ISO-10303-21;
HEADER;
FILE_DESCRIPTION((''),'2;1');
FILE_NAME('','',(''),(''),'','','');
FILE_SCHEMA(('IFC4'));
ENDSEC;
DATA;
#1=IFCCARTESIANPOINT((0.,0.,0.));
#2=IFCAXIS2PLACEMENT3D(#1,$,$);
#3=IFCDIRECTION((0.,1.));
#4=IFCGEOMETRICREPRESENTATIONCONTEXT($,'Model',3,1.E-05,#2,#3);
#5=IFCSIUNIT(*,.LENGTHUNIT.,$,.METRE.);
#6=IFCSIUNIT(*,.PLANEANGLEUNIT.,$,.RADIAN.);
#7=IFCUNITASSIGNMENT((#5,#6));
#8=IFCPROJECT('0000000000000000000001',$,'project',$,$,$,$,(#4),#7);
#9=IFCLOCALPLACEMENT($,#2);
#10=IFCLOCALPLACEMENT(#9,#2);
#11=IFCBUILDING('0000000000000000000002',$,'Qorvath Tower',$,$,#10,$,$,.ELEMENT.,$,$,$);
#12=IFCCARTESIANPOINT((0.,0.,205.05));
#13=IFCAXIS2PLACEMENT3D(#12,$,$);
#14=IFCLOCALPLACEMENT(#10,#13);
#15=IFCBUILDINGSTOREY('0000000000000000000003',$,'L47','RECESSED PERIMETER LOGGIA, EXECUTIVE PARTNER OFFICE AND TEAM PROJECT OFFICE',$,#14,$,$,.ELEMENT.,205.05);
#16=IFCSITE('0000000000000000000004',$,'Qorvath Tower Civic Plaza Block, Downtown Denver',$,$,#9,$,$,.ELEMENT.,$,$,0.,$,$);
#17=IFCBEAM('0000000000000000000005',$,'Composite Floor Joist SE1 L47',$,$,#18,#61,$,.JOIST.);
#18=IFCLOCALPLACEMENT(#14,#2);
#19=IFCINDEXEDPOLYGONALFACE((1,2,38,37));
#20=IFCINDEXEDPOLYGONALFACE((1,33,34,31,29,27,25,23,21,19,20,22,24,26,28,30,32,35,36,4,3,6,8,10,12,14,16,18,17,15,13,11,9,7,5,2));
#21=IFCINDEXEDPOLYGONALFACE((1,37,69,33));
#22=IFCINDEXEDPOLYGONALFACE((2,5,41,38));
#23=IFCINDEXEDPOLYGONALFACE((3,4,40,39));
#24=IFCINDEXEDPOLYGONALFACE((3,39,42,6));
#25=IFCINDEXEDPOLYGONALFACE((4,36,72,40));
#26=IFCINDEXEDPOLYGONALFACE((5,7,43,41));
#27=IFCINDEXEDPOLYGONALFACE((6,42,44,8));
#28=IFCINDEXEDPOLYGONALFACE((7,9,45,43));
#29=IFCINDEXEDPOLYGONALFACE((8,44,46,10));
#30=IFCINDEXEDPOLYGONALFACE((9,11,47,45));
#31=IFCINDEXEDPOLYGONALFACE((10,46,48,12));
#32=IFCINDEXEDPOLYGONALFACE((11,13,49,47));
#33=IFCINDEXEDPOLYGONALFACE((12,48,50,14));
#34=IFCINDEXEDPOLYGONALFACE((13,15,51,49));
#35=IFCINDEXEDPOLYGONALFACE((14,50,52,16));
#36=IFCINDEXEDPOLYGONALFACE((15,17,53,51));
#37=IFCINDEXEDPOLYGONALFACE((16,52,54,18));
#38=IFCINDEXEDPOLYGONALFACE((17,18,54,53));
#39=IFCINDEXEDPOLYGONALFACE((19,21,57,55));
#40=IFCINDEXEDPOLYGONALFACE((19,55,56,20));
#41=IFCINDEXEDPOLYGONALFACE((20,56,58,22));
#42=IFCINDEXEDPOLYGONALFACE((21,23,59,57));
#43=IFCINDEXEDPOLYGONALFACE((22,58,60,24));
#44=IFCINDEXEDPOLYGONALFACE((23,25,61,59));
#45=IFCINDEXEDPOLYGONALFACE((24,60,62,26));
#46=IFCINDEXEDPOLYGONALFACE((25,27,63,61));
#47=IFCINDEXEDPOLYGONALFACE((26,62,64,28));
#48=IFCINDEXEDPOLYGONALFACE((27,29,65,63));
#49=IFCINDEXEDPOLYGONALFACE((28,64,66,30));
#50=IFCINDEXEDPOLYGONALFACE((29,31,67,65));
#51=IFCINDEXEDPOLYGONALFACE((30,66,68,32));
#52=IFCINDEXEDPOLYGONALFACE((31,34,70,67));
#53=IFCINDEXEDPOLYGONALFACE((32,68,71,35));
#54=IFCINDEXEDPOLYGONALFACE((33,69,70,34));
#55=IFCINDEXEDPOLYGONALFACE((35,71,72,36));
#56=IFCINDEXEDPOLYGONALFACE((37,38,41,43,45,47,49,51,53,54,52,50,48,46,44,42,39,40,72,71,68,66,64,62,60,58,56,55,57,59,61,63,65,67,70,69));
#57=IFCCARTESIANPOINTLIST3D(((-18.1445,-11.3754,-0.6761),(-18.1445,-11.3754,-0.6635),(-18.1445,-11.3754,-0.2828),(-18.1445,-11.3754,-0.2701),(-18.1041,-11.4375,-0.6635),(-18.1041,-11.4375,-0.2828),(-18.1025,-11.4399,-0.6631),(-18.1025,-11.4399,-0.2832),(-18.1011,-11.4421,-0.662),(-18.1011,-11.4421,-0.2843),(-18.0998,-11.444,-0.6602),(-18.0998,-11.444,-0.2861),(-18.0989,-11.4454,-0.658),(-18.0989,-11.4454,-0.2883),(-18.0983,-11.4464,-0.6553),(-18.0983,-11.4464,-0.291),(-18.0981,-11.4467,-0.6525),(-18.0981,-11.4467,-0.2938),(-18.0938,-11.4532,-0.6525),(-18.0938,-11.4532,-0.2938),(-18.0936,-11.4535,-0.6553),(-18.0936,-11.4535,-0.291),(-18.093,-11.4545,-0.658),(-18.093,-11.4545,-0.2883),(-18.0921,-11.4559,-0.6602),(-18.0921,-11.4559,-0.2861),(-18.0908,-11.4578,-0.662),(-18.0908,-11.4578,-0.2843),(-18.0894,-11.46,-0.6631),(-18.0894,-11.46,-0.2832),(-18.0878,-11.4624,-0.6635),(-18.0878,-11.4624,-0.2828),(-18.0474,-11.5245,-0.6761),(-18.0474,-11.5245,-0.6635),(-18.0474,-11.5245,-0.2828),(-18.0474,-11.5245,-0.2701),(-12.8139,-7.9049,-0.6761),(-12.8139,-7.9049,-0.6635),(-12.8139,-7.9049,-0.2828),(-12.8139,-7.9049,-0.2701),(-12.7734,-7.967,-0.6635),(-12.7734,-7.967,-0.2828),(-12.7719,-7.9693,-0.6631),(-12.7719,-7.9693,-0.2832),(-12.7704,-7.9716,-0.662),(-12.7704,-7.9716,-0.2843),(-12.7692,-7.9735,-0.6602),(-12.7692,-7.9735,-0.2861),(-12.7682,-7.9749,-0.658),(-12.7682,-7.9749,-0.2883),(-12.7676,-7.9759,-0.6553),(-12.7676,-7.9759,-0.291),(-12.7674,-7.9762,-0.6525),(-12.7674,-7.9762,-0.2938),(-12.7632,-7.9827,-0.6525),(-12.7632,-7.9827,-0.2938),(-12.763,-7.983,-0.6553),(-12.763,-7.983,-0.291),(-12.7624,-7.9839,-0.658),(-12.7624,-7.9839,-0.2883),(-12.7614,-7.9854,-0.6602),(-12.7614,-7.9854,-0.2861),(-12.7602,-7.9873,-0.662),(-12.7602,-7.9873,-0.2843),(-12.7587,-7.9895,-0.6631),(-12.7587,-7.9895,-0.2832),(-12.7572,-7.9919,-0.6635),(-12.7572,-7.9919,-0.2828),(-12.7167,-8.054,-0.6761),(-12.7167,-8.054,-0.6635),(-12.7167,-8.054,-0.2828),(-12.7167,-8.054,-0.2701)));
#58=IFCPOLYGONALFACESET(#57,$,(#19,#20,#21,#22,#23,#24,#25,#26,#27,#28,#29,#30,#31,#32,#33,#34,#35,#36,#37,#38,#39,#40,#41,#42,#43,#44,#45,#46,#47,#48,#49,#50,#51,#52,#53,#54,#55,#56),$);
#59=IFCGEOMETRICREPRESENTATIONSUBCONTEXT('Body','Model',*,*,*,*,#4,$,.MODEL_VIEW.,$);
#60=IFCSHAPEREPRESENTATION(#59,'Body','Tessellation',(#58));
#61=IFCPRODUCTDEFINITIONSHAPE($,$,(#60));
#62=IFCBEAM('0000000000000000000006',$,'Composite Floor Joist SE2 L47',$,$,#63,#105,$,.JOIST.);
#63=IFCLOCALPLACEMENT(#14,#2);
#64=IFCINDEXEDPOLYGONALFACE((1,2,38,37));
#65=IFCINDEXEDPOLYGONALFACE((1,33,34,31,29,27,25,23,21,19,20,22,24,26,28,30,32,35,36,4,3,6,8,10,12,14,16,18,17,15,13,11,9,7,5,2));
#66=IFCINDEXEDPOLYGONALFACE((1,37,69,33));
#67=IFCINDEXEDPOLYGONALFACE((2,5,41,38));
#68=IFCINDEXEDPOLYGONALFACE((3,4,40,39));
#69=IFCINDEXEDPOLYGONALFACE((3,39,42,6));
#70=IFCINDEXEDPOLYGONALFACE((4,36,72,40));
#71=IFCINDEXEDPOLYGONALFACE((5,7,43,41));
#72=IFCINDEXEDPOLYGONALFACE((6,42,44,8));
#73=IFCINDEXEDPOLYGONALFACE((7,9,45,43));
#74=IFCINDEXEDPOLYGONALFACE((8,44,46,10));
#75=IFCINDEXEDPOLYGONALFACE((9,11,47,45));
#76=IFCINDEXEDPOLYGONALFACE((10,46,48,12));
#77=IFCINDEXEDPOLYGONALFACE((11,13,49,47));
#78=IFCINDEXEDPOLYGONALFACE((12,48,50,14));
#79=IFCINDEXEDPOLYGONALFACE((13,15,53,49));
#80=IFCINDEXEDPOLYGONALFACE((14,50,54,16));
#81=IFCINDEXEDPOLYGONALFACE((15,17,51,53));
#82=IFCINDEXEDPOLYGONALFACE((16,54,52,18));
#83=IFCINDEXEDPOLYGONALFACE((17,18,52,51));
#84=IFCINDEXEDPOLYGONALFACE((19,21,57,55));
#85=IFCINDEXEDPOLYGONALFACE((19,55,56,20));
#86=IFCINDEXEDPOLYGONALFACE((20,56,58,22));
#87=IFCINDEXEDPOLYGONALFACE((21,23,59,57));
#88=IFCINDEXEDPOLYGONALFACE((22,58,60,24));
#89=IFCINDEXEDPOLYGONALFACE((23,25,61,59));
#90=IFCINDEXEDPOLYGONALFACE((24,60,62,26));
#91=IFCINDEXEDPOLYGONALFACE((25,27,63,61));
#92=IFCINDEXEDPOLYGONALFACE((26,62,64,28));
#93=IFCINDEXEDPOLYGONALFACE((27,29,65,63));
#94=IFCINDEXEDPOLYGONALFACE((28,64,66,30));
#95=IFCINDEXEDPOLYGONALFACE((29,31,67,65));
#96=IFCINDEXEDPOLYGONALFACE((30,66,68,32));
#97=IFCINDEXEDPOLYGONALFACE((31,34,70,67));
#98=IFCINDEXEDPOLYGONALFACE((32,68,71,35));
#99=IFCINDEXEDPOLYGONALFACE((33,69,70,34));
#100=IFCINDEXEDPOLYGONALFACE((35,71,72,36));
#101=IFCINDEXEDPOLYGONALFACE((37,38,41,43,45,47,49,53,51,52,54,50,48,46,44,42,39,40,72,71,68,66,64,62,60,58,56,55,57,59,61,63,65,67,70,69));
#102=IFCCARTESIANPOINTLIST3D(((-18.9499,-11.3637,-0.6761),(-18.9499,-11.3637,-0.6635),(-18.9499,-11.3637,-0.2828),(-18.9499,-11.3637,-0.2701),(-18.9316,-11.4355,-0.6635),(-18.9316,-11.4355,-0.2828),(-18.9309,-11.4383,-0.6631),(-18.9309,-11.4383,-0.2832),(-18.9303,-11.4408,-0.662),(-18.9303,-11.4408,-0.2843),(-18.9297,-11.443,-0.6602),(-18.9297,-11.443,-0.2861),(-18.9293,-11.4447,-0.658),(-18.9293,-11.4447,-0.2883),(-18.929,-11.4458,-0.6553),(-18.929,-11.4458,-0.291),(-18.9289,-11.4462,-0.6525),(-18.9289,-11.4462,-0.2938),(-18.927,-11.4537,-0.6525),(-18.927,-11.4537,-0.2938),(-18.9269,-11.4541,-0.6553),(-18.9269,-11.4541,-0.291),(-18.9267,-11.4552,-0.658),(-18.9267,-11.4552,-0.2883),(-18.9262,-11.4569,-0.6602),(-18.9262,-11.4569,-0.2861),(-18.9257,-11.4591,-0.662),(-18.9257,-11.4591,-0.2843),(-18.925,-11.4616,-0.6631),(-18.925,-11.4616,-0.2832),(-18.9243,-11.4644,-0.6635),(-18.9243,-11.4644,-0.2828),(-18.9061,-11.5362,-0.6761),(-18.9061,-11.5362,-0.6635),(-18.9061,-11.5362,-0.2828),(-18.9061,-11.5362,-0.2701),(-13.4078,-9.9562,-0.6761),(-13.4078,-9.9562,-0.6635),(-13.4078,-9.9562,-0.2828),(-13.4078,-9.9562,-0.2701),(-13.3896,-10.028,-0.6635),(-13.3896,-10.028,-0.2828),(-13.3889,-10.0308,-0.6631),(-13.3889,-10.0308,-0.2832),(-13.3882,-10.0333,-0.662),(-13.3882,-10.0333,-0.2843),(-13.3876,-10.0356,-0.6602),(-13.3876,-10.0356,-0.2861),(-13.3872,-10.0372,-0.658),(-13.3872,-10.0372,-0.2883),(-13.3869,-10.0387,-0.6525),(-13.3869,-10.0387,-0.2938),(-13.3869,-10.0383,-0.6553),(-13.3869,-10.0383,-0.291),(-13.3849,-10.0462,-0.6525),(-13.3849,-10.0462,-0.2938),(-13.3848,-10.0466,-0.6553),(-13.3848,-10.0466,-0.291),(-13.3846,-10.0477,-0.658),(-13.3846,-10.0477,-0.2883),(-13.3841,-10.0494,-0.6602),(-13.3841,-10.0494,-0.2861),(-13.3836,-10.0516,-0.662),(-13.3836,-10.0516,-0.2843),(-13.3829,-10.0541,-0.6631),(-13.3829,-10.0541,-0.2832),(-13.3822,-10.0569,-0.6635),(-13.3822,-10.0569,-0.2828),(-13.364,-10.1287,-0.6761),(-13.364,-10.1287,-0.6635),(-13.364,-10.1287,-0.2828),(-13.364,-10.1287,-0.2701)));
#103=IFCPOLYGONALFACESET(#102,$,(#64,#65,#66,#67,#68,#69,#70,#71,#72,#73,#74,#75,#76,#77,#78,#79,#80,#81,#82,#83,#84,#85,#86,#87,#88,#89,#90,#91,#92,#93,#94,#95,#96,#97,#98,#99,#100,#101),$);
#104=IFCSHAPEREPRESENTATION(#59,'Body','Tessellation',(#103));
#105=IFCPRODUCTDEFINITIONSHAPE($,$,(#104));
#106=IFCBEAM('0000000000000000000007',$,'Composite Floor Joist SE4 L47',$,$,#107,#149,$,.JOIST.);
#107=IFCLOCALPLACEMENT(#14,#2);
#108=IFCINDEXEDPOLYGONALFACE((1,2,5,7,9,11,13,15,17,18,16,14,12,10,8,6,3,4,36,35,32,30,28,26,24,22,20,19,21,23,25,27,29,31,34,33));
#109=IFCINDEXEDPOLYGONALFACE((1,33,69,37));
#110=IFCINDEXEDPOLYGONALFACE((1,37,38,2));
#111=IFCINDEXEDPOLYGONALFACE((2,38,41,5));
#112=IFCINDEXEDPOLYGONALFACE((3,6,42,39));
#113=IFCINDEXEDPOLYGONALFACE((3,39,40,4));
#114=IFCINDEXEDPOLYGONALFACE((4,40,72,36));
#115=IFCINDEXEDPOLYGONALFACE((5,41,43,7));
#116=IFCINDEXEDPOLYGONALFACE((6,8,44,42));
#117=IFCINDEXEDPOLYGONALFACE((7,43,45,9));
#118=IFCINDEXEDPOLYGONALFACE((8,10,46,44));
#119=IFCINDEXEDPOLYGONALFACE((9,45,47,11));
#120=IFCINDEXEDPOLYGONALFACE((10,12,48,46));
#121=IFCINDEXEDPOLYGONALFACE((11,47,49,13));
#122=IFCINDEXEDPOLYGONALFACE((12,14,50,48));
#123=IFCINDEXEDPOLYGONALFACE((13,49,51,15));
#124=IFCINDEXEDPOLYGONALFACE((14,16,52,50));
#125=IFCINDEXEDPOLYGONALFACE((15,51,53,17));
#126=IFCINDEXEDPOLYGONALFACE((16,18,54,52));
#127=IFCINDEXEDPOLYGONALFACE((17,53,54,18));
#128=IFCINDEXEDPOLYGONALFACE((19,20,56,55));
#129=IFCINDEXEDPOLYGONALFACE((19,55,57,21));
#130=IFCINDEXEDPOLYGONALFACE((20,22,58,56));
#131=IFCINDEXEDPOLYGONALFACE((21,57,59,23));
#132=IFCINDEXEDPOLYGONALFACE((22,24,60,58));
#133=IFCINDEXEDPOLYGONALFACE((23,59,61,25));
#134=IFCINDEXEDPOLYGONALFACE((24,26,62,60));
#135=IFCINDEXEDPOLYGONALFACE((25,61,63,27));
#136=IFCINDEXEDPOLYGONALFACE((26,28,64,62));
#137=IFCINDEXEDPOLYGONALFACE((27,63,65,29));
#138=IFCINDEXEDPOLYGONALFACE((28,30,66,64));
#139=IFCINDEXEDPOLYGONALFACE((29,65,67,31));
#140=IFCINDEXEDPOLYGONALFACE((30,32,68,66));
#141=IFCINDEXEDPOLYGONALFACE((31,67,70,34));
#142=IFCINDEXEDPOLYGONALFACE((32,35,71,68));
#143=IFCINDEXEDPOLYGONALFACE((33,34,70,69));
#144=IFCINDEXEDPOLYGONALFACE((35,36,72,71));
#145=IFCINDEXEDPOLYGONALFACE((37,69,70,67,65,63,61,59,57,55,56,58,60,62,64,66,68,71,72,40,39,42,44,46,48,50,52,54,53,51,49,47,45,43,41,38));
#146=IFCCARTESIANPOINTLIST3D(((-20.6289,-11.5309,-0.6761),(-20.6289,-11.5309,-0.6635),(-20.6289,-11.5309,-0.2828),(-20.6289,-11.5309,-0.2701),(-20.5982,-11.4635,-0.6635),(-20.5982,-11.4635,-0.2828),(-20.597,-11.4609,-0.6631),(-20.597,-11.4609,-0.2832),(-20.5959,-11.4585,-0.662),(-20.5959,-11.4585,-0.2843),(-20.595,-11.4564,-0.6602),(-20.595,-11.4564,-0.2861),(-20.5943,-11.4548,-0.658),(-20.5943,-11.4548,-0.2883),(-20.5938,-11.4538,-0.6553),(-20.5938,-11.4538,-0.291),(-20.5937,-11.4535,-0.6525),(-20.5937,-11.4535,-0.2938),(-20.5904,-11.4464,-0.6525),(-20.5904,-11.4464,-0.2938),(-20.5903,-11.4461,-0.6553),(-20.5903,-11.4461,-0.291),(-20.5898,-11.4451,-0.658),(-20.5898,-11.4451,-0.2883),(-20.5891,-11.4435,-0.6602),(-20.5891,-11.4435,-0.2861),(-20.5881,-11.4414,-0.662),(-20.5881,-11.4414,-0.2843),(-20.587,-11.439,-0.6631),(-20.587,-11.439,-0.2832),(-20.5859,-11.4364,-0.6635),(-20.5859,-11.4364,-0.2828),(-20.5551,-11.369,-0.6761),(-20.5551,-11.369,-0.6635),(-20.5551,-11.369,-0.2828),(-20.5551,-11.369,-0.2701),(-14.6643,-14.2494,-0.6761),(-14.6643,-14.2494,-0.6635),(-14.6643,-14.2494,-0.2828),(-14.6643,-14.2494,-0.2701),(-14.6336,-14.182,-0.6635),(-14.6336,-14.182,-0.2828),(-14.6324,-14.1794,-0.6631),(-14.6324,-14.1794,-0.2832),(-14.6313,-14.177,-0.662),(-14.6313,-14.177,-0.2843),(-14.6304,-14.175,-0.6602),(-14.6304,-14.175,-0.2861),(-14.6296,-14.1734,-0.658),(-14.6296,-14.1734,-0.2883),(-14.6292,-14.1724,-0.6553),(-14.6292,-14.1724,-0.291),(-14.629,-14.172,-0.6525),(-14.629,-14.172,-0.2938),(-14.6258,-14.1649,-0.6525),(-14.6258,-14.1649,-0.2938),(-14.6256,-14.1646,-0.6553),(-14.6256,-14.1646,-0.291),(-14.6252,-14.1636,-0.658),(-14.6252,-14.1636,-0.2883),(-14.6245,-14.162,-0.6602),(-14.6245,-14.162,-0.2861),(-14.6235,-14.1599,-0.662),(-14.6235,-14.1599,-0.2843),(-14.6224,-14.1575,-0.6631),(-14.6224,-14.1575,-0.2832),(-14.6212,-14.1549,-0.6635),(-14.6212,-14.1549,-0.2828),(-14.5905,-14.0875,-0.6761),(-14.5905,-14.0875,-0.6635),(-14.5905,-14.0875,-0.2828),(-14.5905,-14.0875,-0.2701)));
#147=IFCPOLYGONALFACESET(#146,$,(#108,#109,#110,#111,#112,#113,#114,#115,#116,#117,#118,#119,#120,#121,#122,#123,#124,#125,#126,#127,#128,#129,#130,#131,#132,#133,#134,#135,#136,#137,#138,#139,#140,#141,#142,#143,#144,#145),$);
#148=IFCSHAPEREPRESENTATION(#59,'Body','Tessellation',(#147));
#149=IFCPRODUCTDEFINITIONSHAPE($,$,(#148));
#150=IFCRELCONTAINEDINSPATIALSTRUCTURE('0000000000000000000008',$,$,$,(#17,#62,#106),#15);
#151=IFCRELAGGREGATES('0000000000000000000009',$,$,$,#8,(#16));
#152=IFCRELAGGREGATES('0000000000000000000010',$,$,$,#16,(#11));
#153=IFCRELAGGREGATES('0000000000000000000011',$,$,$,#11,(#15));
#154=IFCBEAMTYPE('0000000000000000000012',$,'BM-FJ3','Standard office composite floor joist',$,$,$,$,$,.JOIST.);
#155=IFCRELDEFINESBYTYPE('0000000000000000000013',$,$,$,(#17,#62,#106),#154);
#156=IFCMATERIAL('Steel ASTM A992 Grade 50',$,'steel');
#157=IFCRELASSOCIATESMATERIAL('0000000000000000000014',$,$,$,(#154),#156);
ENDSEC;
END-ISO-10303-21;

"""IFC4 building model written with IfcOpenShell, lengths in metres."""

from ifc_helpers import new_model, si_unit, direction, frame, origin, origin_2d, place, context, subcontext, project, spatial, i_section, extrude, material, material_profile, profile_set, type_object, element, save


model = new_model("IFC4")

# Units and contexts
model_context = context("Model", 3, precision=1e-05, world=origin(), true_north=direction((0.0, 1.0)))
body_context = subcontext(model_context, "Body", "Model", "MODEL_VIEW")
ifc_project = project(units=[si_unit("LENGTHUNIT", "METRE"), si_unit("PLANEANGLEUNIT", "RADIAN")], contexts=[model_context])

# Site, building, storey
site_placement = place(None, origin())
site = spatial("IfcSite", under=ifc_project, at=site_placement, Name="Qorvath Tower Civic Plaza Block, Downtown Denver", CompositionType="ELEMENT", RefElevation=0.0)
building_placement = place(site_placement, origin())
building = spatial("IfcBuilding", under=site, at=building_placement, Name="Qorvath Tower", CompositionType="ELEMENT")
storey_placement = place(building_placement, frame((0.0, 0.0, 205.05)))
storey = spatial("IfcBuildingStorey", under=building, at=storey_placement, Name="L47", Description="RECESSED PERIMETER LOGGIA, EXECUTIVE PARTNER OFFICE AND TEAM PROJECT OFFICE", CompositionType="ELEMENT", Elevation=205.05)

# Beams
ifc_material_1 = material(Name="Steel ASTM A992 Grade 50", Category="steel")
ifc_material_profile_1 = material_profile(ifc_material_1, i_section(OverallWidth=0.178, OverallDepth=0.406, WebThickness=0.0078, FlangeThickness=0.0127, FilletRadius=0.011, at=origin_2d()), Name="W16x40")
ifc_profile_set_1 = profile_set([ifc_material_profile_1], Name="Steel ASTM A992 Grade 50")
beam_type_1 = type_object("IfcBeamType", Name="BM-FJ3", Description="Standard office composite floor joist", PredefinedType="JOIST", material=ifc_profile_set_1)
beam_1_placement = place(storey_placement, frame((-18.0959, -11.45, -0.4731), z_axis=(0.838042, 0.545606, 0.0), x_axis=(-0.545606, 0.838042, 0.0)))
element("IfcBeam", 1, at=beam_1_placement, inside=storey, type_object=beam_type_1, Name="Composite Floor Joist SE1 L47", PredefinedType="JOIST", context=body_context, shape_type="SweptSolid", body=[
    extrude(i_section(OverallWidth=0.178, OverallDepth=0.406, WebThickness=0.0078, FlangeThickness=0.0127, FilletRadius=0.011, at=origin_2d()), origin(), (0.0, 0.0, 1.0), 6.3608),
])
beam_2_placement = place(storey_placement, frame((-18.928, -11.45, -0.4731), z_axis=(0.969232, 0.246151, 0.0), x_axis=(-0.246151, 0.969232, 0.0)))
element("IfcBeam", 2, at=beam_2_placement, inside=storey, type_object=beam_type_1, Name="Composite Floor Joist SE2 L47", PredefinedType="JOIST", context=body_context, shape_type="SweptSolid", body=[
    extrude(i_section(OverallWidth=0.178, OverallDepth=0.406, WebThickness=0.0078, FlangeThickness=0.0127, FilletRadius=0.011, at=origin_2d()), origin(), (0.0, 0.0, 1.0), 5.718),
])
beam_3_placement = place(storey_placement, frame((-20.592, -11.45, -0.4731), z_axis=(0.909945, -0.414729, 0.0), x_axis=(0.414729, 0.909945, 0.0)))
element("IfcBeam", 3, at=beam_3_placement, inside=storey, type_object=beam_type_1, Name="Composite Floor Joist SE4 L47", PredefinedType="JOIST", context=body_context, shape_type="SweptSolid", body=[
    extrude(i_section(OverallWidth=0.178, OverallDepth=0.406, WebThickness=0.0078, FlangeThickness=0.0127, FilletRadius=0.011, at=origin_2d()), origin(), (0.0, 0.0, 1.0), 6.5549),
])

save(model, "model.ifc")
